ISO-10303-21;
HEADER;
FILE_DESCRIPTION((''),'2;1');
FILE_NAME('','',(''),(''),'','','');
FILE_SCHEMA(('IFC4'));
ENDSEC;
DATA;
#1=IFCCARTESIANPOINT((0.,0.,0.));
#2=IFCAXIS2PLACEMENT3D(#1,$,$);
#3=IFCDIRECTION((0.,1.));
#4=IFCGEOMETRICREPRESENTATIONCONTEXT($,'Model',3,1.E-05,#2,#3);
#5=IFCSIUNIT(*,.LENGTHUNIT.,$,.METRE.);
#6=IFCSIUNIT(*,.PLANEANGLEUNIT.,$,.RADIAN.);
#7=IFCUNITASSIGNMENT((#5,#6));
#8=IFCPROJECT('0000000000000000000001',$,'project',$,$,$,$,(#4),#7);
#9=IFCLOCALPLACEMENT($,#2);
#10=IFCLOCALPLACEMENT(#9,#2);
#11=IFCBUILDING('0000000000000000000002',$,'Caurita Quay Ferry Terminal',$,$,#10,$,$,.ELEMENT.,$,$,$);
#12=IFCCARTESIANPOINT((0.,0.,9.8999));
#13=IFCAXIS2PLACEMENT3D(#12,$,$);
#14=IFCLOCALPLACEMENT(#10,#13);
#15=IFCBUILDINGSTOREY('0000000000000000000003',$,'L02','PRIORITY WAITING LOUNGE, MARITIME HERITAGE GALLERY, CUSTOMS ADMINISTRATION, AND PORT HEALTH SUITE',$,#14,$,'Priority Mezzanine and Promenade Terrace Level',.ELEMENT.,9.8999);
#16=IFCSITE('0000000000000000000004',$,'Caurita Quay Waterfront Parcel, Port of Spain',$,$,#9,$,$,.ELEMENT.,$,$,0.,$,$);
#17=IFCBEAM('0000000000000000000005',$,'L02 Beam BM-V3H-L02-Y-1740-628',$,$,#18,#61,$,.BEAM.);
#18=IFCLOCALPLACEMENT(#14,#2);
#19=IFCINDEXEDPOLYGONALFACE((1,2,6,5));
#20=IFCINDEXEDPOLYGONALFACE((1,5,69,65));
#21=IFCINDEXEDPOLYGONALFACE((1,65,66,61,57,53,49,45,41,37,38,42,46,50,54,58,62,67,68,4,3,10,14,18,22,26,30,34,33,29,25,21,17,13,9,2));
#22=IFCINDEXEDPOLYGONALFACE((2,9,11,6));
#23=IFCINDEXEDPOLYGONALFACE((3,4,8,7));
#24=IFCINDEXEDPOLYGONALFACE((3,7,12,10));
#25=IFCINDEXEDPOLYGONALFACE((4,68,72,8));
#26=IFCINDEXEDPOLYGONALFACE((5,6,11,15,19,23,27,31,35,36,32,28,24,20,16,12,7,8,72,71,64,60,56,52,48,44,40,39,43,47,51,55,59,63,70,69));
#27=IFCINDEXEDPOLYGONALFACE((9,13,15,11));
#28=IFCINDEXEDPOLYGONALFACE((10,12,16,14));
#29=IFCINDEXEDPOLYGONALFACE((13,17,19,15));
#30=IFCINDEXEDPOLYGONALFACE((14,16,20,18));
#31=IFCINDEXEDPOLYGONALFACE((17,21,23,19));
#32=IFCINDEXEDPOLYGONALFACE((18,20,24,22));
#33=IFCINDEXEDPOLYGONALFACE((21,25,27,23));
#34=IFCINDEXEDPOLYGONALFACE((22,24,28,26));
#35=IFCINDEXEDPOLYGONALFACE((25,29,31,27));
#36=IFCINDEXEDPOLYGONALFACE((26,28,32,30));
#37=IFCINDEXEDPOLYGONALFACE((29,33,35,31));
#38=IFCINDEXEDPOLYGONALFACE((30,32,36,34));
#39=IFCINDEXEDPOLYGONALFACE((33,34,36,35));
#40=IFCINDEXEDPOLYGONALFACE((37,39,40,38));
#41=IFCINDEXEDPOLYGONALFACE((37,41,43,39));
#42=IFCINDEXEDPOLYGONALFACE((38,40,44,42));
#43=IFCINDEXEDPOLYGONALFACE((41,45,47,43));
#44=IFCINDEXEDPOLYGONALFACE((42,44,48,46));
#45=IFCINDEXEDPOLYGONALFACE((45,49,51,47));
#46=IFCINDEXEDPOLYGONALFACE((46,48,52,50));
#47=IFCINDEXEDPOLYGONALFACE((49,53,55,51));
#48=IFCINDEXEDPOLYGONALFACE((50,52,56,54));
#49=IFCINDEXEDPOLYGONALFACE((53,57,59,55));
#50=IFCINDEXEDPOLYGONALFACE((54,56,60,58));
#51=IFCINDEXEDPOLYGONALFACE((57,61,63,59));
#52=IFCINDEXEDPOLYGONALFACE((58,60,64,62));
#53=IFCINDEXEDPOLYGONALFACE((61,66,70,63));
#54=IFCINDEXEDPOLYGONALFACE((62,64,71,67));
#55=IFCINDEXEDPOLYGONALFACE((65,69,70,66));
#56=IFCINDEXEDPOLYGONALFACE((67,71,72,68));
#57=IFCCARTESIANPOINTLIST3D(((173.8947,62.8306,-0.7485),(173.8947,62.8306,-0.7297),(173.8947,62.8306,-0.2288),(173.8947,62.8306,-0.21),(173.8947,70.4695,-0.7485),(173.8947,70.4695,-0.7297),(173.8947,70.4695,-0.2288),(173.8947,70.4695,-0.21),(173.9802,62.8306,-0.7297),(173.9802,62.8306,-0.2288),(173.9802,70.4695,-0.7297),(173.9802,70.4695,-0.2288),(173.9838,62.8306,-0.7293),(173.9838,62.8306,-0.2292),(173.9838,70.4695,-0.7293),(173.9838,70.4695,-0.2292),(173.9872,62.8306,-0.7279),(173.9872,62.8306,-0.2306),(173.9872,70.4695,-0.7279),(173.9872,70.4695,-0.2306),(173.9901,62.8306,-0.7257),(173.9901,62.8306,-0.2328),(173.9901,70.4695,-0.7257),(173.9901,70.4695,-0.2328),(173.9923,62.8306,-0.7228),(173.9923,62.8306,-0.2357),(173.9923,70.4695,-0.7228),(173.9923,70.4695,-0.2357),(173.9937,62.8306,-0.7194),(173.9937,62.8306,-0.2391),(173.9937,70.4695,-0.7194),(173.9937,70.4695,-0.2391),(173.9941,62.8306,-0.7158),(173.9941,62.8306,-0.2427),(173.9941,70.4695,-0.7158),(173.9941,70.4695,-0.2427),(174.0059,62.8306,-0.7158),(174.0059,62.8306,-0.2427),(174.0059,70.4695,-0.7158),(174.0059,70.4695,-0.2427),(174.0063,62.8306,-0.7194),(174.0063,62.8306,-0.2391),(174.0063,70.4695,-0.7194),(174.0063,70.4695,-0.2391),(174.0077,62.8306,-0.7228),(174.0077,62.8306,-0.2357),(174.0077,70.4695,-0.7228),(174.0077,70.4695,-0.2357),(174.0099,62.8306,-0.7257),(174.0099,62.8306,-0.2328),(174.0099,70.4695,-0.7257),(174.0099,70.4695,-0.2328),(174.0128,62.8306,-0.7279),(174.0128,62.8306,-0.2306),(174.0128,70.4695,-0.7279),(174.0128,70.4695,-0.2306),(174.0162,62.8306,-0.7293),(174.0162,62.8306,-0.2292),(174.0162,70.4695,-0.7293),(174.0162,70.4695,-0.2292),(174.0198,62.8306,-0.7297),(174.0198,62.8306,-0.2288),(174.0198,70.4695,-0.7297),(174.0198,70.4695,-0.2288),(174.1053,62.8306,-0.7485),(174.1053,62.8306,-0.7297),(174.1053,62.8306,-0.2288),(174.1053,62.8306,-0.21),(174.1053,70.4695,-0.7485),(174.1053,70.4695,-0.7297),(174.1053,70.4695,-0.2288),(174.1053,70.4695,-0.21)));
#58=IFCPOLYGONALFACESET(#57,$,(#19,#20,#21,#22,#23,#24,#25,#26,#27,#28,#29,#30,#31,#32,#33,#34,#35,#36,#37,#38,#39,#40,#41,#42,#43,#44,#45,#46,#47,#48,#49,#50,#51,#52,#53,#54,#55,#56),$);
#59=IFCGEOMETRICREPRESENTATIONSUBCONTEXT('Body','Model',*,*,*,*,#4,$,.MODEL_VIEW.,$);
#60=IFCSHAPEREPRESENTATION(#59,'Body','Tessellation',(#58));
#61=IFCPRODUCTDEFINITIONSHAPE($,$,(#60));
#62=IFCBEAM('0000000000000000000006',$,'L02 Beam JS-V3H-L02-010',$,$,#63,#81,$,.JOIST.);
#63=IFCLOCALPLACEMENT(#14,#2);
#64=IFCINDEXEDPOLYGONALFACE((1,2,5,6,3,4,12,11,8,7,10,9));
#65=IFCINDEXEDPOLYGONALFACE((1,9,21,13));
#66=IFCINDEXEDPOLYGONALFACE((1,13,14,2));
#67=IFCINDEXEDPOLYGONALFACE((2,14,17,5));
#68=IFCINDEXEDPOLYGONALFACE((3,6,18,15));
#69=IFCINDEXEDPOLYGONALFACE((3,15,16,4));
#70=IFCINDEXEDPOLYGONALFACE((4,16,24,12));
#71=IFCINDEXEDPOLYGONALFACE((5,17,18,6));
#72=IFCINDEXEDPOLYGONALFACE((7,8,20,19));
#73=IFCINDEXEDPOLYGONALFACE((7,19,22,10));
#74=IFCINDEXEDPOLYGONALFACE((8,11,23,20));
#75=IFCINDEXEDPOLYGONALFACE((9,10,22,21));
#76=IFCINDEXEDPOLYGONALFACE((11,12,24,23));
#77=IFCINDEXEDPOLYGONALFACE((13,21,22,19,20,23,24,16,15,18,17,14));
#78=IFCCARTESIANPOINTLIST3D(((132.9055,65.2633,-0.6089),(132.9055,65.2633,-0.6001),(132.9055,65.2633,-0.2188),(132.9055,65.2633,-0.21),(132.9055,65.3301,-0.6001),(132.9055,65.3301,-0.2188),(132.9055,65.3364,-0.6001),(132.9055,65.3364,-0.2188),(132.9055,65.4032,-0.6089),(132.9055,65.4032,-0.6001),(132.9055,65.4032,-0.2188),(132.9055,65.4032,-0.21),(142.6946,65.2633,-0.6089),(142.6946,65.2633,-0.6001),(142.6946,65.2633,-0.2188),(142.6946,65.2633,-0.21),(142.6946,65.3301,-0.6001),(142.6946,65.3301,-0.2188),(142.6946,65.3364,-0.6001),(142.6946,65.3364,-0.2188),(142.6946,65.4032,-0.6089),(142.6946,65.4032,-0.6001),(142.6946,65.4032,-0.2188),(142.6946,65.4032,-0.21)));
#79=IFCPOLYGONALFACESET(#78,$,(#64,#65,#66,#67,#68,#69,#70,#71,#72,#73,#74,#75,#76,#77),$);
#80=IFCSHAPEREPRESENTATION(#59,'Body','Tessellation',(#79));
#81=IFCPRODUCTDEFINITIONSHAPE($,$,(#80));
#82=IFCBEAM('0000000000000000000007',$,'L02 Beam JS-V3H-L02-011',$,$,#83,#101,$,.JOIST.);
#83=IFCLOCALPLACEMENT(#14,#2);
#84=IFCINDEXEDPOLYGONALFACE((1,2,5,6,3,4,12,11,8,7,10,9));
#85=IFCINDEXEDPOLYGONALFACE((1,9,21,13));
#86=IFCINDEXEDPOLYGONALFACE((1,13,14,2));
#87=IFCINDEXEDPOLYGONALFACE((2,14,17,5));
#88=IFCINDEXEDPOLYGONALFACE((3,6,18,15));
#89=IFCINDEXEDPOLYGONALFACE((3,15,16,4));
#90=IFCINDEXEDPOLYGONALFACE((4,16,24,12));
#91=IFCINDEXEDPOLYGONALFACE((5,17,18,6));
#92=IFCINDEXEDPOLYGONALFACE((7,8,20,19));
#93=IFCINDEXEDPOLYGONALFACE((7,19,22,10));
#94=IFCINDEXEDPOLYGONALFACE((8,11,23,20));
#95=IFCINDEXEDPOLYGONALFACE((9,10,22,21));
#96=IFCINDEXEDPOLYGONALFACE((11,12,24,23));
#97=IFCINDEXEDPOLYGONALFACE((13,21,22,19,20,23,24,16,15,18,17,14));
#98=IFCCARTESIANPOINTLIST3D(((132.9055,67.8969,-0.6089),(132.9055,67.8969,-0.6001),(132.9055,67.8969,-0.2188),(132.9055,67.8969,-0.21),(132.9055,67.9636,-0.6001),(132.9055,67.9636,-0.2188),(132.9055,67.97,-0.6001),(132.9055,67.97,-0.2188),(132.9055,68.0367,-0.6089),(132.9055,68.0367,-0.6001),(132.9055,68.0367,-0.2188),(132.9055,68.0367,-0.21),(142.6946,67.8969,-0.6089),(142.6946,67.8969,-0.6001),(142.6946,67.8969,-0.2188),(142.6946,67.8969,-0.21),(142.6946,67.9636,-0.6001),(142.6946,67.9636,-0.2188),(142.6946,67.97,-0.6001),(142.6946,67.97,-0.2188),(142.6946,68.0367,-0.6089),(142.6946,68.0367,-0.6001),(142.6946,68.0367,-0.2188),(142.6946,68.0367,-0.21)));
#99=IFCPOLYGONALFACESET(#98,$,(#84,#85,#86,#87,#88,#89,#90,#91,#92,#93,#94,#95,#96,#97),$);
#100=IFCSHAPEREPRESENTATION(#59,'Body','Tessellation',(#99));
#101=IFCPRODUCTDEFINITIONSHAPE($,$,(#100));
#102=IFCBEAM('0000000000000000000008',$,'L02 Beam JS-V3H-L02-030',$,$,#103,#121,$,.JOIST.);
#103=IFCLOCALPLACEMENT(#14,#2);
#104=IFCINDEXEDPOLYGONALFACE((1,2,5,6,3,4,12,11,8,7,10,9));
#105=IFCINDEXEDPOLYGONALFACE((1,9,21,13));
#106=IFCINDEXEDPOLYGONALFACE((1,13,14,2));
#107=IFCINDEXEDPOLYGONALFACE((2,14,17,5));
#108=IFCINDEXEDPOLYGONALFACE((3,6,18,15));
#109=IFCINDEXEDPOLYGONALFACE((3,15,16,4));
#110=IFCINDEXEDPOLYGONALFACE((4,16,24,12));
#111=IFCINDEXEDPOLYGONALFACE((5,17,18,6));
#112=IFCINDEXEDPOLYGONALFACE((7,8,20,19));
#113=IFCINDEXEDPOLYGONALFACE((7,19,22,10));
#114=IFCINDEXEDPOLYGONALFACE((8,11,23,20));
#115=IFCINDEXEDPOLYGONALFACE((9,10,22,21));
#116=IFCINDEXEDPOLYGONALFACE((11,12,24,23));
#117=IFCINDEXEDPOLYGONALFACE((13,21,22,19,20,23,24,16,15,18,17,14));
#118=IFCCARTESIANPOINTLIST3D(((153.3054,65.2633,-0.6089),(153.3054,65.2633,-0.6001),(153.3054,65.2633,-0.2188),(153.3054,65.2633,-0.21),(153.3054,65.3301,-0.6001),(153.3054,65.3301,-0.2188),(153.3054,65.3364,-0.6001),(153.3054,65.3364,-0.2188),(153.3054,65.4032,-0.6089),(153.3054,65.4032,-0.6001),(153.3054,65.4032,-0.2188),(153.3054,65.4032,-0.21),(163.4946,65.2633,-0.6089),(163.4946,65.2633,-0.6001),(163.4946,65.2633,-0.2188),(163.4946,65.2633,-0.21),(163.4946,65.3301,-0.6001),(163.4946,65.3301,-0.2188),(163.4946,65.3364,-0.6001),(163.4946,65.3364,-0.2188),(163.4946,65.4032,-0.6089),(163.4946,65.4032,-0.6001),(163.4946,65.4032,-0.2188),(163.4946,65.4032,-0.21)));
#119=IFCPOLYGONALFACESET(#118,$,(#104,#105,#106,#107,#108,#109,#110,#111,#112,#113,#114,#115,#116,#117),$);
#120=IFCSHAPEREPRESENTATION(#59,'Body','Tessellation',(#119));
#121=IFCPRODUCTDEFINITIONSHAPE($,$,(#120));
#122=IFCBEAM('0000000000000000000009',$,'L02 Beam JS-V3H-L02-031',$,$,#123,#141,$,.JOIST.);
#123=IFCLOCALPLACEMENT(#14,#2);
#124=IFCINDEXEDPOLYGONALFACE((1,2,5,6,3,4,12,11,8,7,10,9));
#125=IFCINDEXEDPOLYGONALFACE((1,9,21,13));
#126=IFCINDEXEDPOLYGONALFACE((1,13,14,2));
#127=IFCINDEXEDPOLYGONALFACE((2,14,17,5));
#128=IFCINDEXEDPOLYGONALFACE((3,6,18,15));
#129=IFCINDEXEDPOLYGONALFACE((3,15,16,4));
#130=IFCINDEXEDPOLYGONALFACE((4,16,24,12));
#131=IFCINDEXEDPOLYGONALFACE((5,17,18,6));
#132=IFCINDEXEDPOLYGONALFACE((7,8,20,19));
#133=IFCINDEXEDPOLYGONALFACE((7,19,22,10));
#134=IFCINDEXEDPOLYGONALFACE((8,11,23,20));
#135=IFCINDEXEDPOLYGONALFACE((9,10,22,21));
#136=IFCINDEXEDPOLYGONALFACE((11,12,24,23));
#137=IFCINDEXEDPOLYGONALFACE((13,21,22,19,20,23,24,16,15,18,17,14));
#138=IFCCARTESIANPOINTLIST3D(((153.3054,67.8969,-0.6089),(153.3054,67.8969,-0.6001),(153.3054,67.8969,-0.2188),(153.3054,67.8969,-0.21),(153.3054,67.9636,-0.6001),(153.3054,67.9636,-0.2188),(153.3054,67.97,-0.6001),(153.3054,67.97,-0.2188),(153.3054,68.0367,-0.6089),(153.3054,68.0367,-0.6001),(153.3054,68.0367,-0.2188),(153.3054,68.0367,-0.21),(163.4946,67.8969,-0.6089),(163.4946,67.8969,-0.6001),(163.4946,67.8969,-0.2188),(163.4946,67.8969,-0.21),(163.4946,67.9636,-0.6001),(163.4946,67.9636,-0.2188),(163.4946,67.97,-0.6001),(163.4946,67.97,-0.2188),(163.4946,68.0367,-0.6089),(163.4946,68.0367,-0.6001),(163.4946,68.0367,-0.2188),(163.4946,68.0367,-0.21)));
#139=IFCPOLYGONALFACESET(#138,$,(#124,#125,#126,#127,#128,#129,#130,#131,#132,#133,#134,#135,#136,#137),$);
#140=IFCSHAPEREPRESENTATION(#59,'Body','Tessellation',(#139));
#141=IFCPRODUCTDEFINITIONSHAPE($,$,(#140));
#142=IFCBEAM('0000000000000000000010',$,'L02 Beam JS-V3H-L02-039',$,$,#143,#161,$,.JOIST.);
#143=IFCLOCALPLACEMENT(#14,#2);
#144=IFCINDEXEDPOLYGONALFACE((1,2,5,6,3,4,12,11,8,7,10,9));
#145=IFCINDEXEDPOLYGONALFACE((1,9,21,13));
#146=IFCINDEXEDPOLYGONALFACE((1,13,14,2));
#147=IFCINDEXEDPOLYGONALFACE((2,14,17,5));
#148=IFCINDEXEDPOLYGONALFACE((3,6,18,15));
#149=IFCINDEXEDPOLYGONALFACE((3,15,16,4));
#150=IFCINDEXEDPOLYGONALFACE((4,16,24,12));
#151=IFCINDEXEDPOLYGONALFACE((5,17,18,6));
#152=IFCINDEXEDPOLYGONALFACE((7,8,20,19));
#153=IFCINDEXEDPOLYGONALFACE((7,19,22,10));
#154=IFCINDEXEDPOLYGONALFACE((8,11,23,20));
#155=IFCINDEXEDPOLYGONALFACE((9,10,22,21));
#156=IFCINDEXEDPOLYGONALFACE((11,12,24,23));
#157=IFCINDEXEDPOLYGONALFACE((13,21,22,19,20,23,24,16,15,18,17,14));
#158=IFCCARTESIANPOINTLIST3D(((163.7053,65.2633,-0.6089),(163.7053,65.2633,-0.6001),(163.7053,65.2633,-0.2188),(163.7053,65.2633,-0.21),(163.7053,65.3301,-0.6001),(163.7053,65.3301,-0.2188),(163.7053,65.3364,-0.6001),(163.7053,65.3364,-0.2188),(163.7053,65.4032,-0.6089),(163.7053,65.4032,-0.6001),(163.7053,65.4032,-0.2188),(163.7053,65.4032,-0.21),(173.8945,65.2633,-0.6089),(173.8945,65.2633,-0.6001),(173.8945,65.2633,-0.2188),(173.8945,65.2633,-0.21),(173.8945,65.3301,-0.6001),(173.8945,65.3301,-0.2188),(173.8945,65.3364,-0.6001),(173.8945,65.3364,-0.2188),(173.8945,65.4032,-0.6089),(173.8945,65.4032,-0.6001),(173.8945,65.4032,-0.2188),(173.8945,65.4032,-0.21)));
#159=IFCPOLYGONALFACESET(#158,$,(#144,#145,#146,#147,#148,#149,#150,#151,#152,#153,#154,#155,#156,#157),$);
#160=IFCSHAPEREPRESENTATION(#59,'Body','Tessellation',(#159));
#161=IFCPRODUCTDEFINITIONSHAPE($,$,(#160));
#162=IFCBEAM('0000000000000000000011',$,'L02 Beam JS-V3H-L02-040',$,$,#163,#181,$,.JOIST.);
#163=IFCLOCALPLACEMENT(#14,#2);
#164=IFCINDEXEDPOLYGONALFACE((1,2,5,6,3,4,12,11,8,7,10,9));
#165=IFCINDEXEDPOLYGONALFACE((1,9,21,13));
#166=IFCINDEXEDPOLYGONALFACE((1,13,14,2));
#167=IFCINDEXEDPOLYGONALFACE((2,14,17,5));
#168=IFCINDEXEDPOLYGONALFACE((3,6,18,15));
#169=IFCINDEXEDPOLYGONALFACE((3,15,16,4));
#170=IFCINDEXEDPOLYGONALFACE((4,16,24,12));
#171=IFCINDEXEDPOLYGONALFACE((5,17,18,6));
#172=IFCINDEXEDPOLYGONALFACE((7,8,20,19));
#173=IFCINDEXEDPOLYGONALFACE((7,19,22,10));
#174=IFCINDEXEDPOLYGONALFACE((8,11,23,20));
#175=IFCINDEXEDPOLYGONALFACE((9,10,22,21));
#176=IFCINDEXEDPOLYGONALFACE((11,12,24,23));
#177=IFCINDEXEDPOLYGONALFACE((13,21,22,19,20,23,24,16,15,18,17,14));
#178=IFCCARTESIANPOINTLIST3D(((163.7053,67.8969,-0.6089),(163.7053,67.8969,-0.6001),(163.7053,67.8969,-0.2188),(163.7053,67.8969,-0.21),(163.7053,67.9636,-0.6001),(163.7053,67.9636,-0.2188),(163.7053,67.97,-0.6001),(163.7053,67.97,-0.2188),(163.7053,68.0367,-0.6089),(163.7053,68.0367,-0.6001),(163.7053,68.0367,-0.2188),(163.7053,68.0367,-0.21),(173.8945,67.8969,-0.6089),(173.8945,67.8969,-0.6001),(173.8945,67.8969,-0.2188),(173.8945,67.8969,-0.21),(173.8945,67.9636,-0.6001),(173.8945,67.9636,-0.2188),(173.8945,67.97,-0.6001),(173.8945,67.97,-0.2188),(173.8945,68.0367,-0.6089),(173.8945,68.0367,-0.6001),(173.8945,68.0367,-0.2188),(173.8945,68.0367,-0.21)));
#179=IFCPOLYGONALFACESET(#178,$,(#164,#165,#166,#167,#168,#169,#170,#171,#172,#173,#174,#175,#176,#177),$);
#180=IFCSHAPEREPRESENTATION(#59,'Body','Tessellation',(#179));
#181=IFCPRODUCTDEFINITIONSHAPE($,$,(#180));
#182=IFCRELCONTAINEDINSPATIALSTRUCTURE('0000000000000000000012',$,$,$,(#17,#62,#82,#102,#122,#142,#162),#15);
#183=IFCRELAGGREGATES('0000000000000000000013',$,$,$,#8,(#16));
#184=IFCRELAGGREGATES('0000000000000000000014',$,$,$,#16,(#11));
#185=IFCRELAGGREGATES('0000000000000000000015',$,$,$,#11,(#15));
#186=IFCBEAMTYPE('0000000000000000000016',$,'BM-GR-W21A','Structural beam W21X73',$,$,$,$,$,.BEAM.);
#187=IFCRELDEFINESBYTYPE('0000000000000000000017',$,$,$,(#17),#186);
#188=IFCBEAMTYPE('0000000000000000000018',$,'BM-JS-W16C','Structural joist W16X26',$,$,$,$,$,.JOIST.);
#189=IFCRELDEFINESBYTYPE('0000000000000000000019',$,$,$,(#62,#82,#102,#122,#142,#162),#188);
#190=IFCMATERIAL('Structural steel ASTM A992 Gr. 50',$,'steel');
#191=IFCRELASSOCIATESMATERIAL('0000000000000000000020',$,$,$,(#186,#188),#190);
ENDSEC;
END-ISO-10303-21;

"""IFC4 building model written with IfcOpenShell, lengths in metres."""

from ifc_helpers import new_model, si_unit, direction, frame, origin, origin_2d, place, context, subcontext, project, spatial, i_section, extrude, material, material_profile, profile_set, type_object, element, save


model = new_model("IFC4")

# Units and contexts
model_context = context("Model", 3, precision=1e-05, world=origin(), true_north=direction((0.0, 1.0)))
body_context = subcontext(model_context, "Body", "Model", "MODEL_VIEW")
ifc_project = project(units=[si_unit("LENGTHUNIT", "METRE"), si_unit("PLANEANGLEUNIT", "RADIAN")], contexts=[model_context])

# Site, building, storey
site_placement = place(None, origin())
site = spatial("IfcSite", under=ifc_project, at=site_placement, Name="Caurita Quay Waterfront Parcel, Port of Spain", CompositionType="ELEMENT", RefElevation=0.0)
building_placement = place(site_placement, origin())
building = spatial("IfcBuilding", under=site, at=building_placement, Name="Caurita Quay Ferry Terminal", CompositionType="ELEMENT")
storey_placement = place(building_placement, frame((0.0, 0.0, 9.8999)))
storey = spatial("IfcBuildingStorey", under=building, at=storey_placement, Name="L02", Description="PRIORITY WAITING LOUNGE, MARITIME HERITAGE GALLERY, CUSTOMS ADMINISTRATION, AND PORT HEALTH SUITE", LongName="Priority Mezzanine and Promenade Terrace Level", CompositionType="ELEMENT", Elevation=9.8999)

# Beams
ifc_material_1 = material(Name="Structural steel ASTM A992 Gr. 50", Category="steel")
ifc_material_profile_1 = material_profile(ifc_material_1, i_section(OverallWidth=0.2107, OverallDepth=0.5386, WebThickness=0.0117, FlangeThickness=0.0188, FilletRadius=0.0139, at=origin_2d()), Name="W21X73")
ifc_profile_set_1 = profile_set([ifc_material_profile_1], Name="Structural steel ASTM A992 Gr. 50")
beam_type_1 = type_object("IfcBeamType", Name="BM-GR-W21A", Description="Structural beam W21X73", PredefinedType="BEAM", material=ifc_profile_set_1)
for number, where, z_axis, x_axis, name in (
    (1, (174.0, 62.8306, -0.4792), (0.0, 1.0, 0.0), (-1.0, 0.0, 0.0), "L02 Beam BM-V3H-L02-Y-1740-628"),
):
    element("IfcBeam", number, at=place(storey_placement, frame(where, z_axis=z_axis, x_axis=x_axis)), inside=storey, type_object=beam_type_1, Name=name, PredefinedType="BEAM", context=body_context, shape_type="SweptSolid", body=[
        extrude(i_section(OverallWidth=0.2107, OverallDepth=0.5386, WebThickness=0.0117, FlangeThickness=0.0188, FilletRadius=0.0139, at=origin_2d()), origin(), (0.0, 0.0, 1.0), 7.6389),
    ])
ifc_material_profile_2 = material_profile(ifc_material_1, i_section(OverallWidth=0.1399, OverallDepth=0.3989, WebThickness=0.0063, FlangeThickness=0.0088, at=origin_2d()), Name="W16X26")
ifc_profile_set_2 = profile_set([ifc_material_profile_2], Name="Structural steel ASTM A992 Gr. 50")
beam_type_2 = type_object("IfcBeamType", Name="BM-JS-W16C", Description="Structural joist W16X26", PredefinedType="JOIST", material=ifc_profile_set_2)
for number, where, z_axis, x_axis, name in (
    (2, (132.9055, 65.3333, -0.4094), (1.0, 0.0, 0.0), (0.0, 1.0, 0.0), "L02 Beam JS-V3H-L02-010"),
    (3, (132.9055, 67.9668, -0.4094), (1.0, 0.0, 0.0), (0.0, 1.0, 0.0), "L02 Beam JS-V3H-L02-011"),
):
    element("IfcBeam", number, at=place(storey_placement, frame(where, z_axis=z_axis, x_axis=x_axis)), inside=storey, type_object=beam_type_2, Name=name, PredefinedType="JOIST", context=body_context, shape_type="SweptSolid", body=[
        extrude(i_section(OverallWidth=0.1399, OverallDepth=0.3989, WebThickness=0.0063, FlangeThickness=0.0088, at=origin_2d()), origin(), (0.0, 0.0, 1.0), 9.7891),
    ])
for number, where, z_axis, x_axis, name in (
    (4, (153.3054, 65.3333, -0.4094), (1.0, 0.0, 0.0), (0.0, 1.0, 0.0), "L02 Beam JS-V3H-L02-030"),
    (5, (153.3054, 67.9668, -0.4094), (1.0, 0.0, 0.0), (0.0, 1.0, 0.0), "L02 Beam JS-V3H-L02-031"),
    (6, (163.7053, 65.3333, -0.4094), (1.0, 0.0, 0.0), (0.0, 1.0, 0.0), "L02 Beam JS-V3H-L02-039"),
    (7, (163.7053, 67.9668, -0.4094), (1.0, 0.0, 0.0), (0.0, 1.0, 0.0), "L02 Beam JS-V3H-L02-040"),
):
    element("IfcBeam", number, at=place(storey_placement, frame(where, z_axis=z_axis, x_axis=x_axis)), inside=storey, type_object=beam_type_2, Name=name, PredefinedType="JOIST", context=body_context, shape_type="SweptSolid", body=[
        extrude(i_section(OverallWidth=0.1399, OverallDepth=0.3989, WebThickness=0.0063, FlangeThickness=0.0088, at=origin_2d()), origin(), (0.0, 0.0, 1.0), 10.1892),
    ])

save(model, "model.ifc")
